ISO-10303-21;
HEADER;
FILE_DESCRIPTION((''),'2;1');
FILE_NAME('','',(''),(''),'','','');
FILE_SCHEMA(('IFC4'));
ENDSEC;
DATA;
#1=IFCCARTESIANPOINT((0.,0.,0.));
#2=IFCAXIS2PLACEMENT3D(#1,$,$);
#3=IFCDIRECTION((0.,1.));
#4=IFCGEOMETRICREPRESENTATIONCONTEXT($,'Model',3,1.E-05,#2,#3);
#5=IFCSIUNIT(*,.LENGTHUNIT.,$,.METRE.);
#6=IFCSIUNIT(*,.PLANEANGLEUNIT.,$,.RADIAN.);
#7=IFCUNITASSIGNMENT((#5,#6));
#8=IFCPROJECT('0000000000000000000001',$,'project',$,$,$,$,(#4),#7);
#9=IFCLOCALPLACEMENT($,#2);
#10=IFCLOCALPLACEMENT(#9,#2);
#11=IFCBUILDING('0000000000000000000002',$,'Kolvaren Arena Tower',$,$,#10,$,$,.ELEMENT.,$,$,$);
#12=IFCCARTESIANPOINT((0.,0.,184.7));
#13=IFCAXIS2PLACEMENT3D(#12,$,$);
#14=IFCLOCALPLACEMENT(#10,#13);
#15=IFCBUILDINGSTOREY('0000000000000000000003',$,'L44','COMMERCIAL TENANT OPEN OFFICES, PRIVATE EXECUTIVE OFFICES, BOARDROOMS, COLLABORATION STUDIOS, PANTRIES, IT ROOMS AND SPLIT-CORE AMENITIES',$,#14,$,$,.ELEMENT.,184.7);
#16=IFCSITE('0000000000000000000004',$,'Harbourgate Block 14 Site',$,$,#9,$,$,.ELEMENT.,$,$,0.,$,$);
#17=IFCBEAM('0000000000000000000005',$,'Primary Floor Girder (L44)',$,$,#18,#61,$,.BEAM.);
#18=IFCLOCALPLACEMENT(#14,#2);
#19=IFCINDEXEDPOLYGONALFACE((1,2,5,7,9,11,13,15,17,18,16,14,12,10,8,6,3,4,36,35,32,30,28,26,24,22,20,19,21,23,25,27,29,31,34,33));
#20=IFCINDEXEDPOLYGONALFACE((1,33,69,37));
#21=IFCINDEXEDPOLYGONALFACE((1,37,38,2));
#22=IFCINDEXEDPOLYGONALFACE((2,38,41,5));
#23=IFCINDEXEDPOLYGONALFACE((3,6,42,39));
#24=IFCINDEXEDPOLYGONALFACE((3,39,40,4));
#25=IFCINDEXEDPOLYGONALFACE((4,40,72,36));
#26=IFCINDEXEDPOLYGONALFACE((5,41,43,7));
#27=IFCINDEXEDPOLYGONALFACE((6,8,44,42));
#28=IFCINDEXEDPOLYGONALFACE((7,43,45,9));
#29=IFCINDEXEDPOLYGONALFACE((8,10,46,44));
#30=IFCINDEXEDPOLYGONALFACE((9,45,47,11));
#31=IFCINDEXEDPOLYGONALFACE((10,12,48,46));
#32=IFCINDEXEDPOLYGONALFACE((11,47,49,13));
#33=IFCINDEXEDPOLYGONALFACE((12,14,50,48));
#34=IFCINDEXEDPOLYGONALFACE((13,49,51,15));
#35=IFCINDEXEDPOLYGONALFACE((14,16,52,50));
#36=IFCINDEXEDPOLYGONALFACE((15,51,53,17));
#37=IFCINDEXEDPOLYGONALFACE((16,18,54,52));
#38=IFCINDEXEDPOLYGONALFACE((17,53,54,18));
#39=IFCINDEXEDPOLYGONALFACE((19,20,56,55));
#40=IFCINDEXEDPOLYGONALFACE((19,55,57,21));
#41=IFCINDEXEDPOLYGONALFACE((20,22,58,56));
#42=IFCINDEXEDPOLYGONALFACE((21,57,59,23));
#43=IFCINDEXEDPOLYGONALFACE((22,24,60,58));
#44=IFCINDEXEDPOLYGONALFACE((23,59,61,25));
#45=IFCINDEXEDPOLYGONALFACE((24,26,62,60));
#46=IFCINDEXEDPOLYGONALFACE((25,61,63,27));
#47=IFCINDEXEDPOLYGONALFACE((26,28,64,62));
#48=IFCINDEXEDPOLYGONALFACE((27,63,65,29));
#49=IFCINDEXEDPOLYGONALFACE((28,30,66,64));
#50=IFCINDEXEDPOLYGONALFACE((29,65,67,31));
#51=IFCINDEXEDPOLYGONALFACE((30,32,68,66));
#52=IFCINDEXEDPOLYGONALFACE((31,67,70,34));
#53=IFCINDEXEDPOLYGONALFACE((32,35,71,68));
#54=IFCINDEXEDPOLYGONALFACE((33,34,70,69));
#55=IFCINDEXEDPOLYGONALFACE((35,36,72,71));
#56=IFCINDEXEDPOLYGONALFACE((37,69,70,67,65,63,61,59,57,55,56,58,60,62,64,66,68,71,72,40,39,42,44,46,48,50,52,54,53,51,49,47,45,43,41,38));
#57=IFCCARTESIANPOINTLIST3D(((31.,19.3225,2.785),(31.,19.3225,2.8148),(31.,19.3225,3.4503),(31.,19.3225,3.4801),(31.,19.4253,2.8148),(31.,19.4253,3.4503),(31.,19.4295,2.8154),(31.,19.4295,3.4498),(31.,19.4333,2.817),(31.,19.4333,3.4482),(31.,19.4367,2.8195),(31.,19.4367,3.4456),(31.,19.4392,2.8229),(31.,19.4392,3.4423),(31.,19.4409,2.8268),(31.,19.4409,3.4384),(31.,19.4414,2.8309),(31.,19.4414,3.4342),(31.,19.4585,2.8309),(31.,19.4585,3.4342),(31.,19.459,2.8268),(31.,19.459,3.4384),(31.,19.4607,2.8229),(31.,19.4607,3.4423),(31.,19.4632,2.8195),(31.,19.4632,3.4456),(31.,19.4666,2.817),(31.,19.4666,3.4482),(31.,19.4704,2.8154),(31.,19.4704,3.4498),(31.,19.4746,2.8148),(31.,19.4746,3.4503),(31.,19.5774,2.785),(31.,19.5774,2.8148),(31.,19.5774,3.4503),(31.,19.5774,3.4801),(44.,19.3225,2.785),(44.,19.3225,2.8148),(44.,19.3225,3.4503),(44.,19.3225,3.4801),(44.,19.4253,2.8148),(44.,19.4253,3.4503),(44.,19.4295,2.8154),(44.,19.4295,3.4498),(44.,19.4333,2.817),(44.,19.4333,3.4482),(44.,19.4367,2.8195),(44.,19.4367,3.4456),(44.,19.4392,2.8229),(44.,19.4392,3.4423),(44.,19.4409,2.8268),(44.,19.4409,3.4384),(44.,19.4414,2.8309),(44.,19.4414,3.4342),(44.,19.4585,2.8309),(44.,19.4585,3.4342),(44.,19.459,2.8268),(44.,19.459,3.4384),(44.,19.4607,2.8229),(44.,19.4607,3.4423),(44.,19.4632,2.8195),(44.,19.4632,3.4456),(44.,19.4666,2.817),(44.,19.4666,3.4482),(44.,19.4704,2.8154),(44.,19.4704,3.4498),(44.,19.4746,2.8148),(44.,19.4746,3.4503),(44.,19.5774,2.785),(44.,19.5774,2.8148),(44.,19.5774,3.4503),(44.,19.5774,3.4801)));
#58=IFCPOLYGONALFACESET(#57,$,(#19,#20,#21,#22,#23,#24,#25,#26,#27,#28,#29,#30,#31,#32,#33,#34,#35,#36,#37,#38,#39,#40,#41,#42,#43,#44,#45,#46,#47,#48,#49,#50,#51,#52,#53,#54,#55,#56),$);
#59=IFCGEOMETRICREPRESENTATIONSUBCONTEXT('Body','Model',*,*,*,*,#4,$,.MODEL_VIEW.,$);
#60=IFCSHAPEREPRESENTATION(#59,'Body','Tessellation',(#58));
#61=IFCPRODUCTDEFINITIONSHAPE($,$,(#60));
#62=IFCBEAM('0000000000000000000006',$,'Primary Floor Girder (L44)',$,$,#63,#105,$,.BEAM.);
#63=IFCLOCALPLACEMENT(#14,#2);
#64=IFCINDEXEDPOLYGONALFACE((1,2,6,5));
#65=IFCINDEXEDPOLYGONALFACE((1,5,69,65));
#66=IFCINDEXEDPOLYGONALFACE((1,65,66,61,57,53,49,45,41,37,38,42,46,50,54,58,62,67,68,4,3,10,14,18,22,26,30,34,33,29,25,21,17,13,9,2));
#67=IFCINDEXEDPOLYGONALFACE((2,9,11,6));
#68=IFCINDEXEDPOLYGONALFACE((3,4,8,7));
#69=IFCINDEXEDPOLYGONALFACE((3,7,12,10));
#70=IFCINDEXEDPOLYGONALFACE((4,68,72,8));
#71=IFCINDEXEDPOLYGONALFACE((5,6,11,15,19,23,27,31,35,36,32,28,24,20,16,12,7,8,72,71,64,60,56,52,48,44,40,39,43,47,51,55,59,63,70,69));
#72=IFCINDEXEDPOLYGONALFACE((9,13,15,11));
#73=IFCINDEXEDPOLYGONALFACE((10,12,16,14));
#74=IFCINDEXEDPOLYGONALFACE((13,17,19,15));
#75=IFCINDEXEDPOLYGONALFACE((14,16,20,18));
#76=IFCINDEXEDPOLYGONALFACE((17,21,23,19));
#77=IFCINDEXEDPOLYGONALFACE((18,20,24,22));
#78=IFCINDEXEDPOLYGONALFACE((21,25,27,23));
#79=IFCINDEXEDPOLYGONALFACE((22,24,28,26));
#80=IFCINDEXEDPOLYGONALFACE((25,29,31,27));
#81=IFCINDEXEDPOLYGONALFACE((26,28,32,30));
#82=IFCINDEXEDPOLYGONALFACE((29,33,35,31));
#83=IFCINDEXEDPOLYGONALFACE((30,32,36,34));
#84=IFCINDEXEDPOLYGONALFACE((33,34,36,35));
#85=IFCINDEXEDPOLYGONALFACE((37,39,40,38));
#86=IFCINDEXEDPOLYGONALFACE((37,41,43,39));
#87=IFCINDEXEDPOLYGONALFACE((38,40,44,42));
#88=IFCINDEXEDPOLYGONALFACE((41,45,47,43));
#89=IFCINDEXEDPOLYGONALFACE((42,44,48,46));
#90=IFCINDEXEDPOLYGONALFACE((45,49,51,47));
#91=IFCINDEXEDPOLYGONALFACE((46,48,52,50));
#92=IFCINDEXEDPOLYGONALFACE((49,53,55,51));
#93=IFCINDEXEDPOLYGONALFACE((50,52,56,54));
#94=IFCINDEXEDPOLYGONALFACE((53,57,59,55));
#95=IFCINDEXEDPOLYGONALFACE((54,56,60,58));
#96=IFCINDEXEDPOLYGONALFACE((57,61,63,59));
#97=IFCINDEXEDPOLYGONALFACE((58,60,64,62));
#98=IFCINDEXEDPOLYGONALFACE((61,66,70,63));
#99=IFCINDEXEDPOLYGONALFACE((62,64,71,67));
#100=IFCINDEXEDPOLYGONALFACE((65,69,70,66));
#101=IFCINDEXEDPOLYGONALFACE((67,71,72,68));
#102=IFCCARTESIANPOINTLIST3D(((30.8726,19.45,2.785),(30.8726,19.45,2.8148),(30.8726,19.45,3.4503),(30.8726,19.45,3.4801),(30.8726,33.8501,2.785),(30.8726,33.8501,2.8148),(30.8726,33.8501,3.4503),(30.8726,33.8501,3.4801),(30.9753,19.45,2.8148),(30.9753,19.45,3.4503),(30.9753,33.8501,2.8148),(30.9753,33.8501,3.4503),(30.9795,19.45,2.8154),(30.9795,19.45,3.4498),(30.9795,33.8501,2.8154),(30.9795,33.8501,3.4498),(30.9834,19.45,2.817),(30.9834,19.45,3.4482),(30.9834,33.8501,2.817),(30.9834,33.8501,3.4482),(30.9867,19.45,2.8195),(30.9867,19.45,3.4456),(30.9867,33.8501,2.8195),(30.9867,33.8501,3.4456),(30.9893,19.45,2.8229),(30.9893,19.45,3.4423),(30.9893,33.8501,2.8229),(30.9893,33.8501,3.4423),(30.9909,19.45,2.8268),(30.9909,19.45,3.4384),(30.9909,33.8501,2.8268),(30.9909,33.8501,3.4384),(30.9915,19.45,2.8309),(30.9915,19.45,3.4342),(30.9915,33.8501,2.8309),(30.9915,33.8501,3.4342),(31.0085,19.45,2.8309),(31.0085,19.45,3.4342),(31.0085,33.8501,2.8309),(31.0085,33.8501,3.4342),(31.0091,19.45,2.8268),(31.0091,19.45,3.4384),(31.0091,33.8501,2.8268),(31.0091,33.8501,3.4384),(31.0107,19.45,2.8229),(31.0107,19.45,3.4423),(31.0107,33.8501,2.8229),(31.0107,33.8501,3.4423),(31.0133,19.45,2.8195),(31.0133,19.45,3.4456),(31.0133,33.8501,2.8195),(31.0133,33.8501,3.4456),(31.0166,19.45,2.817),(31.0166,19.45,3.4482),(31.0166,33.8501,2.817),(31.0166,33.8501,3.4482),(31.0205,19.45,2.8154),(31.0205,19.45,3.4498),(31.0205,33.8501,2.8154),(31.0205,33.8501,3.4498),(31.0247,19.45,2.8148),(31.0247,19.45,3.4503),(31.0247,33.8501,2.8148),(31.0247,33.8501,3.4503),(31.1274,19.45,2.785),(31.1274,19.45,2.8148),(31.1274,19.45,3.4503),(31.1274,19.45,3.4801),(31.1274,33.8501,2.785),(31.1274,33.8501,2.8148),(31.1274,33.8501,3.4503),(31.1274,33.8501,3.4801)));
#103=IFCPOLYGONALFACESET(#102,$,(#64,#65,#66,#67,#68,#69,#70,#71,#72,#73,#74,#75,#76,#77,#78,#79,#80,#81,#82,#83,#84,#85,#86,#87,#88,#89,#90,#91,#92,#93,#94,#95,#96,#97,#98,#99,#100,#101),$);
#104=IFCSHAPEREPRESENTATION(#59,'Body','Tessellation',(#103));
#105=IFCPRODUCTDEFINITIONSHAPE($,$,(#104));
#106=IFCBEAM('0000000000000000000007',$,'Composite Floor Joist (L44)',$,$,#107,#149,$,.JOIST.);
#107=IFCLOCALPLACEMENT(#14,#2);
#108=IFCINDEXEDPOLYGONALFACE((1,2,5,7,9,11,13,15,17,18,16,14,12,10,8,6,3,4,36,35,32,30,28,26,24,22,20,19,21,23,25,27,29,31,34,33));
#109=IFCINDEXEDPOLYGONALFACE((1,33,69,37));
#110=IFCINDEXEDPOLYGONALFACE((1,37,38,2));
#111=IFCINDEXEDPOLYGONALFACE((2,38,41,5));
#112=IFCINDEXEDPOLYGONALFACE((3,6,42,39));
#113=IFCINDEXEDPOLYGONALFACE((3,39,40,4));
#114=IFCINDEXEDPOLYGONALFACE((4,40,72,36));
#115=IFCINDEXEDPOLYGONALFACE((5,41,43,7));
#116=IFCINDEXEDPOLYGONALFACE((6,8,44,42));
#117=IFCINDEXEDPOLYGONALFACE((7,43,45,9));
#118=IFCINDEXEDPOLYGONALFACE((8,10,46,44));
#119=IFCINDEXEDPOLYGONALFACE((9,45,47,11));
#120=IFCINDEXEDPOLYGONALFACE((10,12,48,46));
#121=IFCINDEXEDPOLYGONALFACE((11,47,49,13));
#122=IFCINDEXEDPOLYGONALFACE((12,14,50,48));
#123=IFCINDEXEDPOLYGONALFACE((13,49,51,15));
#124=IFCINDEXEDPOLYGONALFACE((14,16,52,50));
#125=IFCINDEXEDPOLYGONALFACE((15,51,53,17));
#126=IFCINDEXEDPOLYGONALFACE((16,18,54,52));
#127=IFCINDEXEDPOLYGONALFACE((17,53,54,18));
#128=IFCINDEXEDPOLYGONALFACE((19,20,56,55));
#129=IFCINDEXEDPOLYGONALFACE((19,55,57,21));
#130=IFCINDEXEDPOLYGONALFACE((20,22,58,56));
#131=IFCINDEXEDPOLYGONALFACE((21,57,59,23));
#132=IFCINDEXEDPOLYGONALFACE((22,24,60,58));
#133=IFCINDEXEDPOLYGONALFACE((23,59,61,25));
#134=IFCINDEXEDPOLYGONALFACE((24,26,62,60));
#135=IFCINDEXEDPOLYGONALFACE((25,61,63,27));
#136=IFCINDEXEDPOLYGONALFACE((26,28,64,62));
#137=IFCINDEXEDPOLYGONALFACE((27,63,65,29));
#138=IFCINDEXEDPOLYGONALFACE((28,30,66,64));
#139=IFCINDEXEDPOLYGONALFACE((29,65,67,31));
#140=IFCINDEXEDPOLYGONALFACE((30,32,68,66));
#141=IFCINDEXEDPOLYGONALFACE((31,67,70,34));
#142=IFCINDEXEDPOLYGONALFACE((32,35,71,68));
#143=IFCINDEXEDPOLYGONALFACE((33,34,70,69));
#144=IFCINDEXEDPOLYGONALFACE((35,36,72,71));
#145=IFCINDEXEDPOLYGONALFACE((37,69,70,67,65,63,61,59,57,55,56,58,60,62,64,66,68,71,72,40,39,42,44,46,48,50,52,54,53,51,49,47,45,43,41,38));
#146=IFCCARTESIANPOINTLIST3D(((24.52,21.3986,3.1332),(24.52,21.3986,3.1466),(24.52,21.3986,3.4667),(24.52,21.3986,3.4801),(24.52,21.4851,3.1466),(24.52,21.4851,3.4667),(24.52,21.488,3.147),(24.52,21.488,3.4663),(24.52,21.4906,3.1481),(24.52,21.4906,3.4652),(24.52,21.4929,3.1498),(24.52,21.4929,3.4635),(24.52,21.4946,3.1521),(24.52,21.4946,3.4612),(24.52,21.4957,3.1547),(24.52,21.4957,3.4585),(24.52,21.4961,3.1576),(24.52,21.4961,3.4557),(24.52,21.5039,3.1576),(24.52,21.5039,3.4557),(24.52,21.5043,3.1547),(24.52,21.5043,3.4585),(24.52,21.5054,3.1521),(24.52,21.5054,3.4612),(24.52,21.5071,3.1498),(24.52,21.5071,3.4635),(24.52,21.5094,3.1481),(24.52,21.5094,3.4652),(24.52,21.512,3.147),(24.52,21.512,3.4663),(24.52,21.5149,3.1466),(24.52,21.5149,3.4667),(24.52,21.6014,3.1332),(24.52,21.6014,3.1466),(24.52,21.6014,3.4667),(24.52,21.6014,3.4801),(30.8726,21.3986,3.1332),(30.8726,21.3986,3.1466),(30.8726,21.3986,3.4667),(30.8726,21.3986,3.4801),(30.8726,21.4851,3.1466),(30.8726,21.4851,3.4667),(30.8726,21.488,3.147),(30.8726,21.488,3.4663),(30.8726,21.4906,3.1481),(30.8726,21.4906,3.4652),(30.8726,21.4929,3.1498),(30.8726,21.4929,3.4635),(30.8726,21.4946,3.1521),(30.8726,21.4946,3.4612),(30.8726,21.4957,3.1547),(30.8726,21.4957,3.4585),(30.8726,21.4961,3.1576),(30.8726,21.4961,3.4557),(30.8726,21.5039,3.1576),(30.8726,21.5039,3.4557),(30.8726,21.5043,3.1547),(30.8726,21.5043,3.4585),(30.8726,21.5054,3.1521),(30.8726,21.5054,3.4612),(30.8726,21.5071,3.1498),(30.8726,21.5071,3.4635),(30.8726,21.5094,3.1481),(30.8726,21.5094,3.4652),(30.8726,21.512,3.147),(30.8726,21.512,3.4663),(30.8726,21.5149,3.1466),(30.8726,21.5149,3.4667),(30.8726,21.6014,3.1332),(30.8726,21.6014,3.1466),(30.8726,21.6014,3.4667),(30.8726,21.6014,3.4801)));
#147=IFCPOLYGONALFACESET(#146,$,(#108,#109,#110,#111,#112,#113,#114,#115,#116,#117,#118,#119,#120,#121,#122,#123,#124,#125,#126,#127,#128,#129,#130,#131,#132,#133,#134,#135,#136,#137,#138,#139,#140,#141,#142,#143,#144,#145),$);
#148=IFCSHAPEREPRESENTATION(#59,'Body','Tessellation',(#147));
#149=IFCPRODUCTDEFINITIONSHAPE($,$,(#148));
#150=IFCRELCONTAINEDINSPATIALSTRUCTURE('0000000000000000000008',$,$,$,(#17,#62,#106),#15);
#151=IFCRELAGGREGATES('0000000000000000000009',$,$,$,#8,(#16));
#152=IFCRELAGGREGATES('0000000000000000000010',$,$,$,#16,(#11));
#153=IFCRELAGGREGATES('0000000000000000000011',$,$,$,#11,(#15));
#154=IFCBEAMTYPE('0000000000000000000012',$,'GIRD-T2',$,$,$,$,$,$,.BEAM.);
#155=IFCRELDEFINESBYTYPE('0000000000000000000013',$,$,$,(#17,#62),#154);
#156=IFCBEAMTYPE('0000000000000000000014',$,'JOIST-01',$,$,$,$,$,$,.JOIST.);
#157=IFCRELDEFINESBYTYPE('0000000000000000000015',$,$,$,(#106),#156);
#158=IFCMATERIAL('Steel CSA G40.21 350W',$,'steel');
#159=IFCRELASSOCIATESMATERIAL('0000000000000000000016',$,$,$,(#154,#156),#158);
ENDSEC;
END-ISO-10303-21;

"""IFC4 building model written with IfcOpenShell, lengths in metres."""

from ifc_helpers import new_model, si_unit, direction, frame, origin, origin_2d, place, context, subcontext, project, spatial, i_section, extrude, material, material_profile, profile_set, type_object, element, save


model = new_model("IFC4")

# Units and contexts
model_context = context("Model", 3, precision=1e-05, world=origin(), true_north=direction((0.0, 1.0)))
body_context = subcontext(model_context, "Body", "Model", "MODEL_VIEW")
ifc_project = project(units=[si_unit("LENGTHUNIT", "METRE"), si_unit("PLANEANGLEUNIT", "RADIAN")], contexts=[model_context])

# Site, building, storey
site_placement = place(None, origin())
site = spatial("IfcSite", under=ifc_project, at=site_placement, Name="Harbourgate Block 14 Site", CompositionType="ELEMENT", RefElevation=0.0)
building_placement = place(site_placement, origin())
building = spatial("IfcBuilding", under=site, at=building_placement, Name="Kolvaren Arena Tower", CompositionType="ELEMENT")
storey_placement = place(building_placement, frame((0.0, 0.0, 184.7)))
storey = spatial("IfcBuildingStorey", under=building, at=storey_placement, Name="L44", Description="COMMERCIAL TENANT OPEN OFFICES, PRIVATE EXECUTIVE OFFICES, BOARDROOMS, COLLABORATION STUDIOS, PANTRIES, IT ROOMS AND SPLIT-CORE AMENITIES", CompositionType="ELEMENT", Elevation=184.7)

# Beams
ifc_material_1 = material(Name="Steel CSA G40.21 350W", Category="steel")
ifc_material_profile_1 = material_profile(ifc_material_1, i_section(OverallWidth=0.2549, OverallDepth=0.6951, WebThickness=0.0171, FlangeThickness=0.0298, FilletRadius=0.0161, at=origin_2d()), Name="W690x217")
ifc_profile_set_1 = profile_set([ifc_material_profile_1], Name="Steel CSA G40.21 350W")
beam_type_1 = type_object("IfcBeamType", Name="GIRD-T2", PredefinedType="BEAM", material=ifc_profile_set_1)
beam_1_placement = place(storey_placement, frame((31.0, 19.45, 3.1326), z_axis=(1.0, 0.0, 0.0), x_axis=(0.0, 1.0, 0.0)))
element("IfcBeam", 1, at=beam_1_placement, inside=storey, type_object=beam_type_1, Name="Primary Floor Girder (L44)", PredefinedType="BEAM", context=body_context, shape_type="SweptSolid", body=[
    extrude(i_section(OverallWidth=0.2549, OverallDepth=0.6951, WebThickness=0.0171, FlangeThickness=0.0298, FilletRadius=0.0161, at=origin_2d()), origin(), (0.0, 0.0, 1.0), 13.0),
])
beam_2_placement = place(storey_placement, frame((31.0, 19.45, 3.1326), z_axis=(0.0, 1.0, 0.0), x_axis=(-1.0, 0.0, 0.0)))
element("IfcBeam", 2, at=beam_2_placement, inside=storey, type_object=beam_type_1, Name="Primary Floor Girder (L44)", PredefinedType="BEAM", context=body_context, shape_type="SweptSolid", body=[
    extrude(i_section(OverallWidth=0.2549, OverallDepth=0.6951, WebThickness=0.0171, FlangeThickness=0.0298, FilletRadius=0.0161, at=origin_2d()), origin(), (0.0, 0.0, 1.0), 14.4001),
])
ifc_material_profile_2 = material_profile(ifc_material_1, i_section(OverallWidth=0.2029, OverallDepth=0.3469, WebThickness=0.0078, FlangeThickness=0.0134, FilletRadius=0.011, at=origin_2d()), Name="W360x64")
ifc_profile_set_2 = profile_set([ifc_material_profile_2], Name="Steel CSA G40.21 350W")
beam_type_2 = type_object("IfcBeamType", Name="JOIST-01", PredefinedType="JOIST", material=ifc_profile_set_2)
beam_3_placement = place(storey_placement, frame((24.52, 21.5, 3.3066), z_axis=(1.0, 0.0, 0.0), x_axis=(0.0, 1.0, 0.0)))
element("IfcBeam", 3, at=beam_3_placement, inside=storey, type_object=beam_type_2, Name="Composite Floor Joist (L44)", PredefinedType="JOIST", context=body_context, shape_type="SweptSolid", body=[
    extrude(i_section(OverallWidth=0.2029, OverallDepth=0.3469, WebThickness=0.0078, FlangeThickness=0.0134, FilletRadius=0.011, at=origin_2d()), origin(), (0.0, 0.0, 1.0), 6.3525),
])

save(model, "model.ifc")
